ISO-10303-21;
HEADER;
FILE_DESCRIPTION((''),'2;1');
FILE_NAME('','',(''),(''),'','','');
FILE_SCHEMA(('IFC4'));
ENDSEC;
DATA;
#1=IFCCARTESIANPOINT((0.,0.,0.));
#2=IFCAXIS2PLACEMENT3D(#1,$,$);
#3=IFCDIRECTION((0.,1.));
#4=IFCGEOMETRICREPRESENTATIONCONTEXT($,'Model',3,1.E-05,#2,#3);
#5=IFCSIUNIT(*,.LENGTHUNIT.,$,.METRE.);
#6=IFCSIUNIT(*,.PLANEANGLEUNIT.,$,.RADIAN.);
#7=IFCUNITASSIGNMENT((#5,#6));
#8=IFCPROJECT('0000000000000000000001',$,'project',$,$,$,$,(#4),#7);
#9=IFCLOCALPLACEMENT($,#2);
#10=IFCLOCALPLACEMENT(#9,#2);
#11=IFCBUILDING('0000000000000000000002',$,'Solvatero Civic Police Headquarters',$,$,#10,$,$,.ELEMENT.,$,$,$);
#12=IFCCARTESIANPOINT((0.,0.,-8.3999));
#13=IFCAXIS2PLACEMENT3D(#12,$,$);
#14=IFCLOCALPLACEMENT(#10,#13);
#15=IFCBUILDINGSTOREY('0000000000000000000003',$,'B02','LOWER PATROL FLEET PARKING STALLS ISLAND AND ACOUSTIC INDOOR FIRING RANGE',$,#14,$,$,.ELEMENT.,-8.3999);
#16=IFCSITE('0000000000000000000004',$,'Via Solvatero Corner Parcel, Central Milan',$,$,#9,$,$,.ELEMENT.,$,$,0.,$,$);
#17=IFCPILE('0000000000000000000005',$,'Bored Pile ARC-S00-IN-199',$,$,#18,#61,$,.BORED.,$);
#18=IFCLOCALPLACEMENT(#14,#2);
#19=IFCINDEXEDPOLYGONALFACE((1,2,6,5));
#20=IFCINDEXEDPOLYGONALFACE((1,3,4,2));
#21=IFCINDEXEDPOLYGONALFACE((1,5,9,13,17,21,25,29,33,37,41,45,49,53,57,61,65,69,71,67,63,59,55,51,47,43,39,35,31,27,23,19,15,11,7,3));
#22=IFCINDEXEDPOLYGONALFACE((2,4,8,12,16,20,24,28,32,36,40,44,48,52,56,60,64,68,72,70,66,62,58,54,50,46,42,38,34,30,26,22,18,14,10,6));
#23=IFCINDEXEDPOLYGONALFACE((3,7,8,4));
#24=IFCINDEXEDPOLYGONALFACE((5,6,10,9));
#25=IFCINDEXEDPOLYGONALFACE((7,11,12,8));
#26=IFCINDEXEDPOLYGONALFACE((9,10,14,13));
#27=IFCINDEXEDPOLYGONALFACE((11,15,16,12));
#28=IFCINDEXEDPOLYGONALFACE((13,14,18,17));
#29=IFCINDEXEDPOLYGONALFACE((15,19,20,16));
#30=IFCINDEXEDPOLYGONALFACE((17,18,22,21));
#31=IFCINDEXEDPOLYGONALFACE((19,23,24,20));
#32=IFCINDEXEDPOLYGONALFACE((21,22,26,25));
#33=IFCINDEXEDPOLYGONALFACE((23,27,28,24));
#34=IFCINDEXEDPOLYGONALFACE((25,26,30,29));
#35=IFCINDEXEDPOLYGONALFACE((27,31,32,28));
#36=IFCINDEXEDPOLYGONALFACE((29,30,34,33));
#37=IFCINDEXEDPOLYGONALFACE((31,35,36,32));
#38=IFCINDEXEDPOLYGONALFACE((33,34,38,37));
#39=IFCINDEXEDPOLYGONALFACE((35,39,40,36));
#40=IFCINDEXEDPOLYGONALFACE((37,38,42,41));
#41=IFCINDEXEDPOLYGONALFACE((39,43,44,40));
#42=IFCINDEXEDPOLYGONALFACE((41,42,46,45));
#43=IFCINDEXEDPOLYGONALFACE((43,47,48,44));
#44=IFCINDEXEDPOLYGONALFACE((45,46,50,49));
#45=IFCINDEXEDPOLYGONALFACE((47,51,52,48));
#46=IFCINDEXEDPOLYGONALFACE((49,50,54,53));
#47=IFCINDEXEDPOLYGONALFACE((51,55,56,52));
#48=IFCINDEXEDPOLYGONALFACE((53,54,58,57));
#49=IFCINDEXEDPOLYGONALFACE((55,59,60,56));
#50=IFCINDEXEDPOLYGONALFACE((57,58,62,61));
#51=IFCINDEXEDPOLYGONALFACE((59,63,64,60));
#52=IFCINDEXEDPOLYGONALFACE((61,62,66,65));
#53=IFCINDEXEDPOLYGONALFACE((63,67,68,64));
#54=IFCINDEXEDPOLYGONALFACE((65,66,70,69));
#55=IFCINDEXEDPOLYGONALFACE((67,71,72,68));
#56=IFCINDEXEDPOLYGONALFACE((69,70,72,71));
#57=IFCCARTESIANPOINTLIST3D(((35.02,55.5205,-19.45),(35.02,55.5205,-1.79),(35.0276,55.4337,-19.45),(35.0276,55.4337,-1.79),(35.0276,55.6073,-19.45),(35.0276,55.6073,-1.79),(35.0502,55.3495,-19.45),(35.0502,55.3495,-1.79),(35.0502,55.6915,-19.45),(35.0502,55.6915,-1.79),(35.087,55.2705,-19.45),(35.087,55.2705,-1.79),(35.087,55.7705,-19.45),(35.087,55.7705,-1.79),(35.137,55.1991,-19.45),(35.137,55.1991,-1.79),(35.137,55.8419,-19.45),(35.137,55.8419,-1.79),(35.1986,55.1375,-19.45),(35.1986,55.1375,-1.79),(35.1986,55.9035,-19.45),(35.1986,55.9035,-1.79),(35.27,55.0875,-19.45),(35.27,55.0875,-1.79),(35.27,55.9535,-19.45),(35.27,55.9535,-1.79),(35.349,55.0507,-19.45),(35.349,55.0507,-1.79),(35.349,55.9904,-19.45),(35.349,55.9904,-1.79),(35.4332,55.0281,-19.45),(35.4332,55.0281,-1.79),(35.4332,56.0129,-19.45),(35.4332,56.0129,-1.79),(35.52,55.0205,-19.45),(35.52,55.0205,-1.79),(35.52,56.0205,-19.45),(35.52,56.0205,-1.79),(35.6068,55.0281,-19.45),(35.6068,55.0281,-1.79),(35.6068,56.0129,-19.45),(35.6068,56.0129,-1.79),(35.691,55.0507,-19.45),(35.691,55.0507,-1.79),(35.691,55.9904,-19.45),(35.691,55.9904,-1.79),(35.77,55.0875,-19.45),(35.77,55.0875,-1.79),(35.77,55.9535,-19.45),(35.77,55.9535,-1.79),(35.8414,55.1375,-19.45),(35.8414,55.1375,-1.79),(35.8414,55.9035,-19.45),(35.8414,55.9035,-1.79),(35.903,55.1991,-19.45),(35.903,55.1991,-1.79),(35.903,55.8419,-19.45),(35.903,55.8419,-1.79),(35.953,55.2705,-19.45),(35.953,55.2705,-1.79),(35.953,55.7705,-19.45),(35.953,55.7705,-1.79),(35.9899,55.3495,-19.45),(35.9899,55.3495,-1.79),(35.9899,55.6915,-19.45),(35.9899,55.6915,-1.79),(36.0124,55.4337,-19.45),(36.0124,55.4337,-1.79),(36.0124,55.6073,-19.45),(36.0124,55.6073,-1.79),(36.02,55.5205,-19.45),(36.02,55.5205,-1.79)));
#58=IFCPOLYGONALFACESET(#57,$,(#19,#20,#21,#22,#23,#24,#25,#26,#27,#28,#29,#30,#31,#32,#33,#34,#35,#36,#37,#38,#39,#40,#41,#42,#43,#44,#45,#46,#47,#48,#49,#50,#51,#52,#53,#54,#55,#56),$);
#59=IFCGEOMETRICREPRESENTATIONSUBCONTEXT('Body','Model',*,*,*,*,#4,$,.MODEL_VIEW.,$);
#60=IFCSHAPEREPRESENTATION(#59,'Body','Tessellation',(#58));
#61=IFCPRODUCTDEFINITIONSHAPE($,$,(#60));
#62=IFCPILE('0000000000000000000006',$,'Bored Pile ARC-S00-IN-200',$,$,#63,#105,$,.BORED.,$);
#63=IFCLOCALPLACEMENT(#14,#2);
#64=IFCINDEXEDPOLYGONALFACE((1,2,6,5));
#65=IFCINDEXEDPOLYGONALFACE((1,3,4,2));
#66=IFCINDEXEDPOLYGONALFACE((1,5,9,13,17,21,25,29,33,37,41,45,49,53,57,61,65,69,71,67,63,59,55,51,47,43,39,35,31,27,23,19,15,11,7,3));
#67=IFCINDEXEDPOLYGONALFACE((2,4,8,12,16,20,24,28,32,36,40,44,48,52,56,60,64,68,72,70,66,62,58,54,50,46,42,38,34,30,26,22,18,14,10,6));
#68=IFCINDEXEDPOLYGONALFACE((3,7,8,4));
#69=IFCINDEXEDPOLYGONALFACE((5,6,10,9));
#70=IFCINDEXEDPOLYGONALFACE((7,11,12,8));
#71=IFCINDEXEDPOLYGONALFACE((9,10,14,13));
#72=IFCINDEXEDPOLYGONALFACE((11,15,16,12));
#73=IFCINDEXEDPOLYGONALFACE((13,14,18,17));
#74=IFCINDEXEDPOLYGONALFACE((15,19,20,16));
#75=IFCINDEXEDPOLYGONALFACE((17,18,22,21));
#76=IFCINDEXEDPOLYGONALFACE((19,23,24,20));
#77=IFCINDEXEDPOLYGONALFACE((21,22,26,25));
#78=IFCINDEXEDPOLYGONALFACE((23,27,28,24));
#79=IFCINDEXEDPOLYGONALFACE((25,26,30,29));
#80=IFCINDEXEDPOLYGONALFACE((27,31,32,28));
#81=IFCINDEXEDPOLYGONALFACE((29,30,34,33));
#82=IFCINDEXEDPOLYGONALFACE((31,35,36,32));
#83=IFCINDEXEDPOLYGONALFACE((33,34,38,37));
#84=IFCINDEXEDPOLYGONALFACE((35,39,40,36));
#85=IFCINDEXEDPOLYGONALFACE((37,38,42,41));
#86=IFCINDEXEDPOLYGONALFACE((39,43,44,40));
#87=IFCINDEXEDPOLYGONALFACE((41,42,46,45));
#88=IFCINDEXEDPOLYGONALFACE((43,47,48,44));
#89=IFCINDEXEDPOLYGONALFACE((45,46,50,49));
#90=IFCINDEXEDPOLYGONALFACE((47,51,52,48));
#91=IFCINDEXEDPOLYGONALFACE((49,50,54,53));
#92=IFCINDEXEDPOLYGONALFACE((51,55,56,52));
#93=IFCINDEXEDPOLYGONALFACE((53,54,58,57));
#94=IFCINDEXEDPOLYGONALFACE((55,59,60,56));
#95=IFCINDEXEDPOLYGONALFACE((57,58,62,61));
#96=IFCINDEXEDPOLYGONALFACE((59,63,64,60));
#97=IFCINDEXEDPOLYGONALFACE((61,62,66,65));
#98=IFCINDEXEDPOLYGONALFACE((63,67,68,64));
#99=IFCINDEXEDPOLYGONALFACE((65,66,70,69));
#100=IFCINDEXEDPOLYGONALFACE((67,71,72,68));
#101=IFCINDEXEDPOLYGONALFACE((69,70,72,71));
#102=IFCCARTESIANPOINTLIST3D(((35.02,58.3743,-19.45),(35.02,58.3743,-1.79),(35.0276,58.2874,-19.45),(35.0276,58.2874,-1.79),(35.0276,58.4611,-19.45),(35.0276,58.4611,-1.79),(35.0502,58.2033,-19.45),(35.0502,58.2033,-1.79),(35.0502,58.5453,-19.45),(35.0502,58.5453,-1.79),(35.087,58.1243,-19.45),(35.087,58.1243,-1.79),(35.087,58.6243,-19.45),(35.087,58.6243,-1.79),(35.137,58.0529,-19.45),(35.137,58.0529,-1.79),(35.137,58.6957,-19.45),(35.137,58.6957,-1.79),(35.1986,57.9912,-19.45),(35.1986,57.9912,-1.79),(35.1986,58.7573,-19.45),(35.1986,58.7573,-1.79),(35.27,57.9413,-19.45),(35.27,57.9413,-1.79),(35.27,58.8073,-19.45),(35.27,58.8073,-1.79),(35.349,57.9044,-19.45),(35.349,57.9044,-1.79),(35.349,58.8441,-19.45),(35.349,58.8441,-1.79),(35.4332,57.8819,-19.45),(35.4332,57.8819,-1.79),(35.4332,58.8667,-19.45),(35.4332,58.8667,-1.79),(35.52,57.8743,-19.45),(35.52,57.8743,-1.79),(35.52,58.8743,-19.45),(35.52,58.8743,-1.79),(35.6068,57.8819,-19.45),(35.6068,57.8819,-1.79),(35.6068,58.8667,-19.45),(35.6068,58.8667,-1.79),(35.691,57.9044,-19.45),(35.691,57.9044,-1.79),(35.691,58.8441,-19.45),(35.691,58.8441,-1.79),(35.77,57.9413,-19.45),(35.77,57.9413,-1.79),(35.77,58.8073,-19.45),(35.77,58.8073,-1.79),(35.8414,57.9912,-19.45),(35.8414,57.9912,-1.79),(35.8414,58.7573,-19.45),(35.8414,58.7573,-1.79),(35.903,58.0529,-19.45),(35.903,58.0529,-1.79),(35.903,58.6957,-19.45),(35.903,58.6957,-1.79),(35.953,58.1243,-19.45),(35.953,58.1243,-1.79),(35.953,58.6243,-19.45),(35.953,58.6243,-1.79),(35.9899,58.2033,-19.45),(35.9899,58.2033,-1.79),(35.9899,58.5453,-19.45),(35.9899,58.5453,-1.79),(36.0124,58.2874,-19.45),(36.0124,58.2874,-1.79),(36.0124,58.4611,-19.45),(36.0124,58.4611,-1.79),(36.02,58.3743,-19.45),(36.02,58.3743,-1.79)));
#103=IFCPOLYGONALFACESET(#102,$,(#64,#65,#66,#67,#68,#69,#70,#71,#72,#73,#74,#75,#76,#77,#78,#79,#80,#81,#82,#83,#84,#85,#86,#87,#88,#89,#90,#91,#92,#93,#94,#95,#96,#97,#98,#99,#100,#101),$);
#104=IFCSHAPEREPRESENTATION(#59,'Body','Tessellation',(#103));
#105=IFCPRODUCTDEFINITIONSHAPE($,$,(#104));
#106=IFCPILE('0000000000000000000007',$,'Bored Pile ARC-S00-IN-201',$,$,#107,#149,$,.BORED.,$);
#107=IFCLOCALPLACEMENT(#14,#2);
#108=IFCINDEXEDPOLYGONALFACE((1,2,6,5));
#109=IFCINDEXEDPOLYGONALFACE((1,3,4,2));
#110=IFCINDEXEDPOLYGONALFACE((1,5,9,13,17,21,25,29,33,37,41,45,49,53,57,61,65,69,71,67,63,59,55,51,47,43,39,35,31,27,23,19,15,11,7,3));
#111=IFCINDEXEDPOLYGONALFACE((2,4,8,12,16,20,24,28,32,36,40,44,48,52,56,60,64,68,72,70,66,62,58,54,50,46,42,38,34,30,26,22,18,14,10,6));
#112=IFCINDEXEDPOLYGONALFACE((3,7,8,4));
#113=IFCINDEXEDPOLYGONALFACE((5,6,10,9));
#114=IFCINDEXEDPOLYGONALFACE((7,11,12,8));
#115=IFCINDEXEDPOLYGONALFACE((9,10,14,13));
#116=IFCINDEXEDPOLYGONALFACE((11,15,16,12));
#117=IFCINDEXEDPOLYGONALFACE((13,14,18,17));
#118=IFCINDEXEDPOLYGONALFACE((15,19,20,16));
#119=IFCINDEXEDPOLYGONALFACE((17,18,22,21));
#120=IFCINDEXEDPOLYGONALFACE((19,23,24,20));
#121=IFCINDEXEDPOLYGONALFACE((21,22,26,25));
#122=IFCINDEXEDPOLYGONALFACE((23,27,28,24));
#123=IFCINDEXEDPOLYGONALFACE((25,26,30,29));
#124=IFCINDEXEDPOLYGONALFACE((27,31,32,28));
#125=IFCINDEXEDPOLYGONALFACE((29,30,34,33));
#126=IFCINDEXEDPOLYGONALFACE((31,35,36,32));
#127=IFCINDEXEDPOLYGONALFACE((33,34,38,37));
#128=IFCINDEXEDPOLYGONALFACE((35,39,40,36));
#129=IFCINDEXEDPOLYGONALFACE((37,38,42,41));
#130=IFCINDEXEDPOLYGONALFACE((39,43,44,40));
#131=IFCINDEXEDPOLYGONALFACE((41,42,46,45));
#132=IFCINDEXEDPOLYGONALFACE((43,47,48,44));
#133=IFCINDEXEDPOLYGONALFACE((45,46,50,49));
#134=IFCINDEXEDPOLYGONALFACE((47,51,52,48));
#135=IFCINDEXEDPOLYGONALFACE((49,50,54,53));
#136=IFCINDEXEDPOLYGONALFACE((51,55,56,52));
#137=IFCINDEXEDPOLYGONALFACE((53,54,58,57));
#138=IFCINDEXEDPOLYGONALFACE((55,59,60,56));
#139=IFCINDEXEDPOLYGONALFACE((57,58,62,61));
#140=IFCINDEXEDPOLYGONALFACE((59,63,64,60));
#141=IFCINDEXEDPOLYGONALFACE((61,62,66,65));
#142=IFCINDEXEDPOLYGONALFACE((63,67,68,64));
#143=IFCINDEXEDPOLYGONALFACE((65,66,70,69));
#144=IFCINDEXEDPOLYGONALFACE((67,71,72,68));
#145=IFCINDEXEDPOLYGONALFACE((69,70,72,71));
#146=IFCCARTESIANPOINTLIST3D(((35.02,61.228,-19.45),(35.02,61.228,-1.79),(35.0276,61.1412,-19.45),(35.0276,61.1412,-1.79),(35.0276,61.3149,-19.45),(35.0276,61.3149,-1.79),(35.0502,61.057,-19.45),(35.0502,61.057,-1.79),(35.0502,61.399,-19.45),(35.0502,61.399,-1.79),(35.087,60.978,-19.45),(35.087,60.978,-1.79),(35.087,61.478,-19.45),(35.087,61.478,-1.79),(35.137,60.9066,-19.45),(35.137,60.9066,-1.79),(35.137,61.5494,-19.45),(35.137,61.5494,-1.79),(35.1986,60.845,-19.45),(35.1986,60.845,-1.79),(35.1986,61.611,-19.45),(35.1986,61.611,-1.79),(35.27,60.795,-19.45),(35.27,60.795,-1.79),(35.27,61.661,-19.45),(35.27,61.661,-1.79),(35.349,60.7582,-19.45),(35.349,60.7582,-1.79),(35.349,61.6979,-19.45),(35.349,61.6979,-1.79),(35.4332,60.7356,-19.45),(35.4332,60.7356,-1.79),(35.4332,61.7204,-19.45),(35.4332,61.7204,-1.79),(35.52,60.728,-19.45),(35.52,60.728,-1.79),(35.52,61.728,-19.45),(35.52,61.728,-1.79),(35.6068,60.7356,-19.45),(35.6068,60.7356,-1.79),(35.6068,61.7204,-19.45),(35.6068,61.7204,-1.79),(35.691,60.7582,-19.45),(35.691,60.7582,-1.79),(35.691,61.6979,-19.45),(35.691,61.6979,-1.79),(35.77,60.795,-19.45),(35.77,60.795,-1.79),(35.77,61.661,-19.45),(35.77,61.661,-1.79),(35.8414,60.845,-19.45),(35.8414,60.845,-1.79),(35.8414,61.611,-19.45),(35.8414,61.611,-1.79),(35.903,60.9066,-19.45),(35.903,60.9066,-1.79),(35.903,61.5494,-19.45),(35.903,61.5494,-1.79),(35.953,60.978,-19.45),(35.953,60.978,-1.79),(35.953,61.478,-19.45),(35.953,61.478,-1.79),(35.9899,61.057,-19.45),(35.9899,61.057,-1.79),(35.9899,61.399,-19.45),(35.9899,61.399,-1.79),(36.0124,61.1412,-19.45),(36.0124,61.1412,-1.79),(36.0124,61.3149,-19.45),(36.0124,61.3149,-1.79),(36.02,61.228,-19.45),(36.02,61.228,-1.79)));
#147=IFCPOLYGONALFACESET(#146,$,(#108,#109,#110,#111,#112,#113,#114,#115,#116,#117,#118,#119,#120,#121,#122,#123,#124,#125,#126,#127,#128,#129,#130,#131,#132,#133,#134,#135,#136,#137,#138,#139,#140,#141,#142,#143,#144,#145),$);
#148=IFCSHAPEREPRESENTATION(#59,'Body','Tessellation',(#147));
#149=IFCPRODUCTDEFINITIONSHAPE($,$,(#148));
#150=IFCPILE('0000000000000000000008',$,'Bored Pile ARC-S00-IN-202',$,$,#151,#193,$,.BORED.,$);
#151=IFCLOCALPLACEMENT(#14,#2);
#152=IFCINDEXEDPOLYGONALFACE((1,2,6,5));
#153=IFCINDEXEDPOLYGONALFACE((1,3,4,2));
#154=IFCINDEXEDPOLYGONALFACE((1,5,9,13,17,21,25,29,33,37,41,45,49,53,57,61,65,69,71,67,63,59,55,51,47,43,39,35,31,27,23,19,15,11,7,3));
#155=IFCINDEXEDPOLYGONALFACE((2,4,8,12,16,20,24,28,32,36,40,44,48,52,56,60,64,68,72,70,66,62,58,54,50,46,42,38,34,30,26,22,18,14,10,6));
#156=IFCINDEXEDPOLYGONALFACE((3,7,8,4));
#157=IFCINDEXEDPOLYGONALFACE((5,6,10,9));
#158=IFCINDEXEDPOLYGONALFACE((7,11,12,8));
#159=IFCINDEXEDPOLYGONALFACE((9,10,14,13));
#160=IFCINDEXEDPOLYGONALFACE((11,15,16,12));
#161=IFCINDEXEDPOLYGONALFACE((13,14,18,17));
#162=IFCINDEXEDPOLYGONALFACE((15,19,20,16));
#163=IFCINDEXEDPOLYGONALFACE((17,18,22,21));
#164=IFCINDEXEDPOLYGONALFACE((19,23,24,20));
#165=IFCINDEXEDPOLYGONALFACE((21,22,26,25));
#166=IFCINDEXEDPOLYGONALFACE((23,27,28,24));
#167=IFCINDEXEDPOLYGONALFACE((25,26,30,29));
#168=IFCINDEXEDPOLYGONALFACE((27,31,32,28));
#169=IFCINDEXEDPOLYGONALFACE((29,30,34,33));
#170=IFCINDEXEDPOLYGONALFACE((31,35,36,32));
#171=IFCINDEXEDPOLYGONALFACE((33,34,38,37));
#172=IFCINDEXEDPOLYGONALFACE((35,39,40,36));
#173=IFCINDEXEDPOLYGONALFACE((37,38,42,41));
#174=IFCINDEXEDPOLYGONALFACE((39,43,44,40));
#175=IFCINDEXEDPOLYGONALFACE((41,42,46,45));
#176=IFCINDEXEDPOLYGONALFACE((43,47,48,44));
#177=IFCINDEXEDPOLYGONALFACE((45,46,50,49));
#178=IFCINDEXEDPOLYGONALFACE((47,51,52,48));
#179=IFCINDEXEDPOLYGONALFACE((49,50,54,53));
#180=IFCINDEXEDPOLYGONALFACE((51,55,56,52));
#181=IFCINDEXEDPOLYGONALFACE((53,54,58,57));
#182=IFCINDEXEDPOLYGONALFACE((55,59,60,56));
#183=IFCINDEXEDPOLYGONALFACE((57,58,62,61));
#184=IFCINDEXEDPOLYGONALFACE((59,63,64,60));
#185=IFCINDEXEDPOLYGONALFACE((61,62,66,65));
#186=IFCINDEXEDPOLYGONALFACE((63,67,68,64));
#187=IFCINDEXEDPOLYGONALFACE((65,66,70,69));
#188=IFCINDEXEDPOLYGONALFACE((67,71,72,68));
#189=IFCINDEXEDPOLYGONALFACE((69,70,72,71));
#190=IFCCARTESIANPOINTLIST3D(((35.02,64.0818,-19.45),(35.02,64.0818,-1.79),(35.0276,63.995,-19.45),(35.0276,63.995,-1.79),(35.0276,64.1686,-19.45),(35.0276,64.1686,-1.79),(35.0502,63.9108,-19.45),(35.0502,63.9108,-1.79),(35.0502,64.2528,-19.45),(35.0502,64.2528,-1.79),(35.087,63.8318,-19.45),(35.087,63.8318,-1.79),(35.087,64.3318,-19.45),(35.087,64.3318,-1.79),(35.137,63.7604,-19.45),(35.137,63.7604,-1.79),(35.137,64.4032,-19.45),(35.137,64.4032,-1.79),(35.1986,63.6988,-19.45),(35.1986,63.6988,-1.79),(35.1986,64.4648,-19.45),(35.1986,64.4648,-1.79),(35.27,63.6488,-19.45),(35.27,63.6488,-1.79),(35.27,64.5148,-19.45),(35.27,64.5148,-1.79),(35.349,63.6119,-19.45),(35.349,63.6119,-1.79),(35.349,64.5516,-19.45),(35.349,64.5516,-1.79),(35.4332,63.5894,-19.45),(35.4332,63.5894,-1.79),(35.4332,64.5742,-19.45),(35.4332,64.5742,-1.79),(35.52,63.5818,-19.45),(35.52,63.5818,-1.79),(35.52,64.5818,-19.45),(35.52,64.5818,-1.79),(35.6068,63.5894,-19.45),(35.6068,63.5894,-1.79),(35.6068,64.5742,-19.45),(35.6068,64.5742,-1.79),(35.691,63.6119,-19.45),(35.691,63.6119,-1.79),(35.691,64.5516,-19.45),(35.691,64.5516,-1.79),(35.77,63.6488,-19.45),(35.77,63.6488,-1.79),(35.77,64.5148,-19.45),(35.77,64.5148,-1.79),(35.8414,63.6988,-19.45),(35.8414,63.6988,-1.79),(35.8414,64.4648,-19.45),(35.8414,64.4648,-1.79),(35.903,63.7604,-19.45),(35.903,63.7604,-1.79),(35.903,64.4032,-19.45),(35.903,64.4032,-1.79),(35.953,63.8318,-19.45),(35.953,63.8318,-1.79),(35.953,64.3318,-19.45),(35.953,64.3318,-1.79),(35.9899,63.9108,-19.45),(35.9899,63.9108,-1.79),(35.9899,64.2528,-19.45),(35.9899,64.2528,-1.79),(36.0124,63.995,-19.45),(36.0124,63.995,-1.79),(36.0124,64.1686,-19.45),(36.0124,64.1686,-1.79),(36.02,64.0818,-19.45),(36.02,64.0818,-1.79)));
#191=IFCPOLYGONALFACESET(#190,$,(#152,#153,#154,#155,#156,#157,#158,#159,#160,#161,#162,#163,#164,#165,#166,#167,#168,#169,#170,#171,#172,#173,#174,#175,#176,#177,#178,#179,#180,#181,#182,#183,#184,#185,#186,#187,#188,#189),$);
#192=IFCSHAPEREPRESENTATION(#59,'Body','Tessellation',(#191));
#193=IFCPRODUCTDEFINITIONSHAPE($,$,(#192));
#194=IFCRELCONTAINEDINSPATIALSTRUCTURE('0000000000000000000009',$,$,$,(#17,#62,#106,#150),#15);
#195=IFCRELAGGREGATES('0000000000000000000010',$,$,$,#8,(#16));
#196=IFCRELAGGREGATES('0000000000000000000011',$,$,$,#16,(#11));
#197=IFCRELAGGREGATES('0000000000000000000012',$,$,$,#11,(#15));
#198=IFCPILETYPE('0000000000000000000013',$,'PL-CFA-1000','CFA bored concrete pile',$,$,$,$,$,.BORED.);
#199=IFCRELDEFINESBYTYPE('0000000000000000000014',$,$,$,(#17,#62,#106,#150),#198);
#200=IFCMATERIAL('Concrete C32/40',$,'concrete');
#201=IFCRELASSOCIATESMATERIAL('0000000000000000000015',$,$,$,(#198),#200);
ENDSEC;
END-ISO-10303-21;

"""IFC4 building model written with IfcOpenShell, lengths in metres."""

from ifc_helpers import new_model, si_unit, direction, frame, origin, origin_2d, place, context, subcontext, project, spatial, circle, extrude, material, material_profile, profile_set, type_object, element, save


model = new_model("IFC4")

# Units and contexts
model_context = context("Model", 3, precision=1e-05, world=origin(), true_north=direction((0.0, 1.0)))
body_context = subcontext(model_context, "Body", "Model", "MODEL_VIEW")
ifc_project = project(units=[si_unit("LENGTHUNIT", "METRE"), si_unit("PLANEANGLEUNIT", "RADIAN")], contexts=[model_context])

# Site, building, storey
site_placement = place(None, origin())
site = spatial("IfcSite", under=ifc_project, at=site_placement, Name="Via Solvatero Corner Parcel, Central Milan", CompositionType="ELEMENT", RefElevation=0.0)
building_placement = place(site_placement, origin())
building = spatial("IfcBuilding", under=site, at=building_placement, Name="Solvatero Civic Police Headquarters", CompositionType="ELEMENT")
storey_placement = place(building_placement, frame((0.0, 0.0, -8.3999)))
storey = spatial("IfcBuildingStorey", under=building, at=storey_placement, Name="B02", Description="LOWER PATROL FLEET PARKING STALLS ISLAND AND ACOUSTIC INDOOR FIRING RANGE", CompositionType="ELEMENT", Elevation=-8.3999)

# Piles
ifc_material_1 = material(Name="Concrete C32/40", Category="concrete")
ifc_material_profile_1 = material_profile(ifc_material_1, circle(Radius=0.5, at=origin_2d()), Name="CFA PILE D1000")
ifc_profile_set_1 = profile_set([ifc_material_profile_1], Name="Concrete C32/40")
pile_type = type_object("IfcPileType", Name="PL-CFA-1000", Description="CFA bored concrete pile", PredefinedType="BORED", material=ifc_profile_set_1)
for number, where, z_axis, x_axis, name in (
    (1, (35.52, 55.5205, -1.79), (0.0, 0.0, -1.0), (1.0, 0.0, 0.0), "Bored Pile ARC-S00-IN-199"),
    (2, (35.52, 58.3743, -1.79), (0.0, 0.0, -1.0), (1.0, 0.0, 0.0), "Bored Pile ARC-S00-IN-200"),
    (3, (35.52, 61.228, -1.79), (0.0, 0.0, -1.0), (1.0, 0.0, 0.0), "Bored Pile ARC-S00-IN-201"),
    (4, (35.52, 64.0818, -1.79), (0.0, 0.0, -1.0), (1.0, 0.0, 0.0), "Bored Pile ARC-S00-IN-202"),
):
    element("IfcPile", number, at=place(storey_placement, frame(where, z_axis=z_axis, x_axis=x_axis)), inside=storey, type_object=pile_type, Name=name, PredefinedType="BORED", context=body_context, shape_type="SweptSolid", body=[
        extrude(circle(Radius=0.5, at=origin_2d()), origin(), (0.0, 0.0, 1.0), 17.6599),
    ])

save(model, "model.ifc")
